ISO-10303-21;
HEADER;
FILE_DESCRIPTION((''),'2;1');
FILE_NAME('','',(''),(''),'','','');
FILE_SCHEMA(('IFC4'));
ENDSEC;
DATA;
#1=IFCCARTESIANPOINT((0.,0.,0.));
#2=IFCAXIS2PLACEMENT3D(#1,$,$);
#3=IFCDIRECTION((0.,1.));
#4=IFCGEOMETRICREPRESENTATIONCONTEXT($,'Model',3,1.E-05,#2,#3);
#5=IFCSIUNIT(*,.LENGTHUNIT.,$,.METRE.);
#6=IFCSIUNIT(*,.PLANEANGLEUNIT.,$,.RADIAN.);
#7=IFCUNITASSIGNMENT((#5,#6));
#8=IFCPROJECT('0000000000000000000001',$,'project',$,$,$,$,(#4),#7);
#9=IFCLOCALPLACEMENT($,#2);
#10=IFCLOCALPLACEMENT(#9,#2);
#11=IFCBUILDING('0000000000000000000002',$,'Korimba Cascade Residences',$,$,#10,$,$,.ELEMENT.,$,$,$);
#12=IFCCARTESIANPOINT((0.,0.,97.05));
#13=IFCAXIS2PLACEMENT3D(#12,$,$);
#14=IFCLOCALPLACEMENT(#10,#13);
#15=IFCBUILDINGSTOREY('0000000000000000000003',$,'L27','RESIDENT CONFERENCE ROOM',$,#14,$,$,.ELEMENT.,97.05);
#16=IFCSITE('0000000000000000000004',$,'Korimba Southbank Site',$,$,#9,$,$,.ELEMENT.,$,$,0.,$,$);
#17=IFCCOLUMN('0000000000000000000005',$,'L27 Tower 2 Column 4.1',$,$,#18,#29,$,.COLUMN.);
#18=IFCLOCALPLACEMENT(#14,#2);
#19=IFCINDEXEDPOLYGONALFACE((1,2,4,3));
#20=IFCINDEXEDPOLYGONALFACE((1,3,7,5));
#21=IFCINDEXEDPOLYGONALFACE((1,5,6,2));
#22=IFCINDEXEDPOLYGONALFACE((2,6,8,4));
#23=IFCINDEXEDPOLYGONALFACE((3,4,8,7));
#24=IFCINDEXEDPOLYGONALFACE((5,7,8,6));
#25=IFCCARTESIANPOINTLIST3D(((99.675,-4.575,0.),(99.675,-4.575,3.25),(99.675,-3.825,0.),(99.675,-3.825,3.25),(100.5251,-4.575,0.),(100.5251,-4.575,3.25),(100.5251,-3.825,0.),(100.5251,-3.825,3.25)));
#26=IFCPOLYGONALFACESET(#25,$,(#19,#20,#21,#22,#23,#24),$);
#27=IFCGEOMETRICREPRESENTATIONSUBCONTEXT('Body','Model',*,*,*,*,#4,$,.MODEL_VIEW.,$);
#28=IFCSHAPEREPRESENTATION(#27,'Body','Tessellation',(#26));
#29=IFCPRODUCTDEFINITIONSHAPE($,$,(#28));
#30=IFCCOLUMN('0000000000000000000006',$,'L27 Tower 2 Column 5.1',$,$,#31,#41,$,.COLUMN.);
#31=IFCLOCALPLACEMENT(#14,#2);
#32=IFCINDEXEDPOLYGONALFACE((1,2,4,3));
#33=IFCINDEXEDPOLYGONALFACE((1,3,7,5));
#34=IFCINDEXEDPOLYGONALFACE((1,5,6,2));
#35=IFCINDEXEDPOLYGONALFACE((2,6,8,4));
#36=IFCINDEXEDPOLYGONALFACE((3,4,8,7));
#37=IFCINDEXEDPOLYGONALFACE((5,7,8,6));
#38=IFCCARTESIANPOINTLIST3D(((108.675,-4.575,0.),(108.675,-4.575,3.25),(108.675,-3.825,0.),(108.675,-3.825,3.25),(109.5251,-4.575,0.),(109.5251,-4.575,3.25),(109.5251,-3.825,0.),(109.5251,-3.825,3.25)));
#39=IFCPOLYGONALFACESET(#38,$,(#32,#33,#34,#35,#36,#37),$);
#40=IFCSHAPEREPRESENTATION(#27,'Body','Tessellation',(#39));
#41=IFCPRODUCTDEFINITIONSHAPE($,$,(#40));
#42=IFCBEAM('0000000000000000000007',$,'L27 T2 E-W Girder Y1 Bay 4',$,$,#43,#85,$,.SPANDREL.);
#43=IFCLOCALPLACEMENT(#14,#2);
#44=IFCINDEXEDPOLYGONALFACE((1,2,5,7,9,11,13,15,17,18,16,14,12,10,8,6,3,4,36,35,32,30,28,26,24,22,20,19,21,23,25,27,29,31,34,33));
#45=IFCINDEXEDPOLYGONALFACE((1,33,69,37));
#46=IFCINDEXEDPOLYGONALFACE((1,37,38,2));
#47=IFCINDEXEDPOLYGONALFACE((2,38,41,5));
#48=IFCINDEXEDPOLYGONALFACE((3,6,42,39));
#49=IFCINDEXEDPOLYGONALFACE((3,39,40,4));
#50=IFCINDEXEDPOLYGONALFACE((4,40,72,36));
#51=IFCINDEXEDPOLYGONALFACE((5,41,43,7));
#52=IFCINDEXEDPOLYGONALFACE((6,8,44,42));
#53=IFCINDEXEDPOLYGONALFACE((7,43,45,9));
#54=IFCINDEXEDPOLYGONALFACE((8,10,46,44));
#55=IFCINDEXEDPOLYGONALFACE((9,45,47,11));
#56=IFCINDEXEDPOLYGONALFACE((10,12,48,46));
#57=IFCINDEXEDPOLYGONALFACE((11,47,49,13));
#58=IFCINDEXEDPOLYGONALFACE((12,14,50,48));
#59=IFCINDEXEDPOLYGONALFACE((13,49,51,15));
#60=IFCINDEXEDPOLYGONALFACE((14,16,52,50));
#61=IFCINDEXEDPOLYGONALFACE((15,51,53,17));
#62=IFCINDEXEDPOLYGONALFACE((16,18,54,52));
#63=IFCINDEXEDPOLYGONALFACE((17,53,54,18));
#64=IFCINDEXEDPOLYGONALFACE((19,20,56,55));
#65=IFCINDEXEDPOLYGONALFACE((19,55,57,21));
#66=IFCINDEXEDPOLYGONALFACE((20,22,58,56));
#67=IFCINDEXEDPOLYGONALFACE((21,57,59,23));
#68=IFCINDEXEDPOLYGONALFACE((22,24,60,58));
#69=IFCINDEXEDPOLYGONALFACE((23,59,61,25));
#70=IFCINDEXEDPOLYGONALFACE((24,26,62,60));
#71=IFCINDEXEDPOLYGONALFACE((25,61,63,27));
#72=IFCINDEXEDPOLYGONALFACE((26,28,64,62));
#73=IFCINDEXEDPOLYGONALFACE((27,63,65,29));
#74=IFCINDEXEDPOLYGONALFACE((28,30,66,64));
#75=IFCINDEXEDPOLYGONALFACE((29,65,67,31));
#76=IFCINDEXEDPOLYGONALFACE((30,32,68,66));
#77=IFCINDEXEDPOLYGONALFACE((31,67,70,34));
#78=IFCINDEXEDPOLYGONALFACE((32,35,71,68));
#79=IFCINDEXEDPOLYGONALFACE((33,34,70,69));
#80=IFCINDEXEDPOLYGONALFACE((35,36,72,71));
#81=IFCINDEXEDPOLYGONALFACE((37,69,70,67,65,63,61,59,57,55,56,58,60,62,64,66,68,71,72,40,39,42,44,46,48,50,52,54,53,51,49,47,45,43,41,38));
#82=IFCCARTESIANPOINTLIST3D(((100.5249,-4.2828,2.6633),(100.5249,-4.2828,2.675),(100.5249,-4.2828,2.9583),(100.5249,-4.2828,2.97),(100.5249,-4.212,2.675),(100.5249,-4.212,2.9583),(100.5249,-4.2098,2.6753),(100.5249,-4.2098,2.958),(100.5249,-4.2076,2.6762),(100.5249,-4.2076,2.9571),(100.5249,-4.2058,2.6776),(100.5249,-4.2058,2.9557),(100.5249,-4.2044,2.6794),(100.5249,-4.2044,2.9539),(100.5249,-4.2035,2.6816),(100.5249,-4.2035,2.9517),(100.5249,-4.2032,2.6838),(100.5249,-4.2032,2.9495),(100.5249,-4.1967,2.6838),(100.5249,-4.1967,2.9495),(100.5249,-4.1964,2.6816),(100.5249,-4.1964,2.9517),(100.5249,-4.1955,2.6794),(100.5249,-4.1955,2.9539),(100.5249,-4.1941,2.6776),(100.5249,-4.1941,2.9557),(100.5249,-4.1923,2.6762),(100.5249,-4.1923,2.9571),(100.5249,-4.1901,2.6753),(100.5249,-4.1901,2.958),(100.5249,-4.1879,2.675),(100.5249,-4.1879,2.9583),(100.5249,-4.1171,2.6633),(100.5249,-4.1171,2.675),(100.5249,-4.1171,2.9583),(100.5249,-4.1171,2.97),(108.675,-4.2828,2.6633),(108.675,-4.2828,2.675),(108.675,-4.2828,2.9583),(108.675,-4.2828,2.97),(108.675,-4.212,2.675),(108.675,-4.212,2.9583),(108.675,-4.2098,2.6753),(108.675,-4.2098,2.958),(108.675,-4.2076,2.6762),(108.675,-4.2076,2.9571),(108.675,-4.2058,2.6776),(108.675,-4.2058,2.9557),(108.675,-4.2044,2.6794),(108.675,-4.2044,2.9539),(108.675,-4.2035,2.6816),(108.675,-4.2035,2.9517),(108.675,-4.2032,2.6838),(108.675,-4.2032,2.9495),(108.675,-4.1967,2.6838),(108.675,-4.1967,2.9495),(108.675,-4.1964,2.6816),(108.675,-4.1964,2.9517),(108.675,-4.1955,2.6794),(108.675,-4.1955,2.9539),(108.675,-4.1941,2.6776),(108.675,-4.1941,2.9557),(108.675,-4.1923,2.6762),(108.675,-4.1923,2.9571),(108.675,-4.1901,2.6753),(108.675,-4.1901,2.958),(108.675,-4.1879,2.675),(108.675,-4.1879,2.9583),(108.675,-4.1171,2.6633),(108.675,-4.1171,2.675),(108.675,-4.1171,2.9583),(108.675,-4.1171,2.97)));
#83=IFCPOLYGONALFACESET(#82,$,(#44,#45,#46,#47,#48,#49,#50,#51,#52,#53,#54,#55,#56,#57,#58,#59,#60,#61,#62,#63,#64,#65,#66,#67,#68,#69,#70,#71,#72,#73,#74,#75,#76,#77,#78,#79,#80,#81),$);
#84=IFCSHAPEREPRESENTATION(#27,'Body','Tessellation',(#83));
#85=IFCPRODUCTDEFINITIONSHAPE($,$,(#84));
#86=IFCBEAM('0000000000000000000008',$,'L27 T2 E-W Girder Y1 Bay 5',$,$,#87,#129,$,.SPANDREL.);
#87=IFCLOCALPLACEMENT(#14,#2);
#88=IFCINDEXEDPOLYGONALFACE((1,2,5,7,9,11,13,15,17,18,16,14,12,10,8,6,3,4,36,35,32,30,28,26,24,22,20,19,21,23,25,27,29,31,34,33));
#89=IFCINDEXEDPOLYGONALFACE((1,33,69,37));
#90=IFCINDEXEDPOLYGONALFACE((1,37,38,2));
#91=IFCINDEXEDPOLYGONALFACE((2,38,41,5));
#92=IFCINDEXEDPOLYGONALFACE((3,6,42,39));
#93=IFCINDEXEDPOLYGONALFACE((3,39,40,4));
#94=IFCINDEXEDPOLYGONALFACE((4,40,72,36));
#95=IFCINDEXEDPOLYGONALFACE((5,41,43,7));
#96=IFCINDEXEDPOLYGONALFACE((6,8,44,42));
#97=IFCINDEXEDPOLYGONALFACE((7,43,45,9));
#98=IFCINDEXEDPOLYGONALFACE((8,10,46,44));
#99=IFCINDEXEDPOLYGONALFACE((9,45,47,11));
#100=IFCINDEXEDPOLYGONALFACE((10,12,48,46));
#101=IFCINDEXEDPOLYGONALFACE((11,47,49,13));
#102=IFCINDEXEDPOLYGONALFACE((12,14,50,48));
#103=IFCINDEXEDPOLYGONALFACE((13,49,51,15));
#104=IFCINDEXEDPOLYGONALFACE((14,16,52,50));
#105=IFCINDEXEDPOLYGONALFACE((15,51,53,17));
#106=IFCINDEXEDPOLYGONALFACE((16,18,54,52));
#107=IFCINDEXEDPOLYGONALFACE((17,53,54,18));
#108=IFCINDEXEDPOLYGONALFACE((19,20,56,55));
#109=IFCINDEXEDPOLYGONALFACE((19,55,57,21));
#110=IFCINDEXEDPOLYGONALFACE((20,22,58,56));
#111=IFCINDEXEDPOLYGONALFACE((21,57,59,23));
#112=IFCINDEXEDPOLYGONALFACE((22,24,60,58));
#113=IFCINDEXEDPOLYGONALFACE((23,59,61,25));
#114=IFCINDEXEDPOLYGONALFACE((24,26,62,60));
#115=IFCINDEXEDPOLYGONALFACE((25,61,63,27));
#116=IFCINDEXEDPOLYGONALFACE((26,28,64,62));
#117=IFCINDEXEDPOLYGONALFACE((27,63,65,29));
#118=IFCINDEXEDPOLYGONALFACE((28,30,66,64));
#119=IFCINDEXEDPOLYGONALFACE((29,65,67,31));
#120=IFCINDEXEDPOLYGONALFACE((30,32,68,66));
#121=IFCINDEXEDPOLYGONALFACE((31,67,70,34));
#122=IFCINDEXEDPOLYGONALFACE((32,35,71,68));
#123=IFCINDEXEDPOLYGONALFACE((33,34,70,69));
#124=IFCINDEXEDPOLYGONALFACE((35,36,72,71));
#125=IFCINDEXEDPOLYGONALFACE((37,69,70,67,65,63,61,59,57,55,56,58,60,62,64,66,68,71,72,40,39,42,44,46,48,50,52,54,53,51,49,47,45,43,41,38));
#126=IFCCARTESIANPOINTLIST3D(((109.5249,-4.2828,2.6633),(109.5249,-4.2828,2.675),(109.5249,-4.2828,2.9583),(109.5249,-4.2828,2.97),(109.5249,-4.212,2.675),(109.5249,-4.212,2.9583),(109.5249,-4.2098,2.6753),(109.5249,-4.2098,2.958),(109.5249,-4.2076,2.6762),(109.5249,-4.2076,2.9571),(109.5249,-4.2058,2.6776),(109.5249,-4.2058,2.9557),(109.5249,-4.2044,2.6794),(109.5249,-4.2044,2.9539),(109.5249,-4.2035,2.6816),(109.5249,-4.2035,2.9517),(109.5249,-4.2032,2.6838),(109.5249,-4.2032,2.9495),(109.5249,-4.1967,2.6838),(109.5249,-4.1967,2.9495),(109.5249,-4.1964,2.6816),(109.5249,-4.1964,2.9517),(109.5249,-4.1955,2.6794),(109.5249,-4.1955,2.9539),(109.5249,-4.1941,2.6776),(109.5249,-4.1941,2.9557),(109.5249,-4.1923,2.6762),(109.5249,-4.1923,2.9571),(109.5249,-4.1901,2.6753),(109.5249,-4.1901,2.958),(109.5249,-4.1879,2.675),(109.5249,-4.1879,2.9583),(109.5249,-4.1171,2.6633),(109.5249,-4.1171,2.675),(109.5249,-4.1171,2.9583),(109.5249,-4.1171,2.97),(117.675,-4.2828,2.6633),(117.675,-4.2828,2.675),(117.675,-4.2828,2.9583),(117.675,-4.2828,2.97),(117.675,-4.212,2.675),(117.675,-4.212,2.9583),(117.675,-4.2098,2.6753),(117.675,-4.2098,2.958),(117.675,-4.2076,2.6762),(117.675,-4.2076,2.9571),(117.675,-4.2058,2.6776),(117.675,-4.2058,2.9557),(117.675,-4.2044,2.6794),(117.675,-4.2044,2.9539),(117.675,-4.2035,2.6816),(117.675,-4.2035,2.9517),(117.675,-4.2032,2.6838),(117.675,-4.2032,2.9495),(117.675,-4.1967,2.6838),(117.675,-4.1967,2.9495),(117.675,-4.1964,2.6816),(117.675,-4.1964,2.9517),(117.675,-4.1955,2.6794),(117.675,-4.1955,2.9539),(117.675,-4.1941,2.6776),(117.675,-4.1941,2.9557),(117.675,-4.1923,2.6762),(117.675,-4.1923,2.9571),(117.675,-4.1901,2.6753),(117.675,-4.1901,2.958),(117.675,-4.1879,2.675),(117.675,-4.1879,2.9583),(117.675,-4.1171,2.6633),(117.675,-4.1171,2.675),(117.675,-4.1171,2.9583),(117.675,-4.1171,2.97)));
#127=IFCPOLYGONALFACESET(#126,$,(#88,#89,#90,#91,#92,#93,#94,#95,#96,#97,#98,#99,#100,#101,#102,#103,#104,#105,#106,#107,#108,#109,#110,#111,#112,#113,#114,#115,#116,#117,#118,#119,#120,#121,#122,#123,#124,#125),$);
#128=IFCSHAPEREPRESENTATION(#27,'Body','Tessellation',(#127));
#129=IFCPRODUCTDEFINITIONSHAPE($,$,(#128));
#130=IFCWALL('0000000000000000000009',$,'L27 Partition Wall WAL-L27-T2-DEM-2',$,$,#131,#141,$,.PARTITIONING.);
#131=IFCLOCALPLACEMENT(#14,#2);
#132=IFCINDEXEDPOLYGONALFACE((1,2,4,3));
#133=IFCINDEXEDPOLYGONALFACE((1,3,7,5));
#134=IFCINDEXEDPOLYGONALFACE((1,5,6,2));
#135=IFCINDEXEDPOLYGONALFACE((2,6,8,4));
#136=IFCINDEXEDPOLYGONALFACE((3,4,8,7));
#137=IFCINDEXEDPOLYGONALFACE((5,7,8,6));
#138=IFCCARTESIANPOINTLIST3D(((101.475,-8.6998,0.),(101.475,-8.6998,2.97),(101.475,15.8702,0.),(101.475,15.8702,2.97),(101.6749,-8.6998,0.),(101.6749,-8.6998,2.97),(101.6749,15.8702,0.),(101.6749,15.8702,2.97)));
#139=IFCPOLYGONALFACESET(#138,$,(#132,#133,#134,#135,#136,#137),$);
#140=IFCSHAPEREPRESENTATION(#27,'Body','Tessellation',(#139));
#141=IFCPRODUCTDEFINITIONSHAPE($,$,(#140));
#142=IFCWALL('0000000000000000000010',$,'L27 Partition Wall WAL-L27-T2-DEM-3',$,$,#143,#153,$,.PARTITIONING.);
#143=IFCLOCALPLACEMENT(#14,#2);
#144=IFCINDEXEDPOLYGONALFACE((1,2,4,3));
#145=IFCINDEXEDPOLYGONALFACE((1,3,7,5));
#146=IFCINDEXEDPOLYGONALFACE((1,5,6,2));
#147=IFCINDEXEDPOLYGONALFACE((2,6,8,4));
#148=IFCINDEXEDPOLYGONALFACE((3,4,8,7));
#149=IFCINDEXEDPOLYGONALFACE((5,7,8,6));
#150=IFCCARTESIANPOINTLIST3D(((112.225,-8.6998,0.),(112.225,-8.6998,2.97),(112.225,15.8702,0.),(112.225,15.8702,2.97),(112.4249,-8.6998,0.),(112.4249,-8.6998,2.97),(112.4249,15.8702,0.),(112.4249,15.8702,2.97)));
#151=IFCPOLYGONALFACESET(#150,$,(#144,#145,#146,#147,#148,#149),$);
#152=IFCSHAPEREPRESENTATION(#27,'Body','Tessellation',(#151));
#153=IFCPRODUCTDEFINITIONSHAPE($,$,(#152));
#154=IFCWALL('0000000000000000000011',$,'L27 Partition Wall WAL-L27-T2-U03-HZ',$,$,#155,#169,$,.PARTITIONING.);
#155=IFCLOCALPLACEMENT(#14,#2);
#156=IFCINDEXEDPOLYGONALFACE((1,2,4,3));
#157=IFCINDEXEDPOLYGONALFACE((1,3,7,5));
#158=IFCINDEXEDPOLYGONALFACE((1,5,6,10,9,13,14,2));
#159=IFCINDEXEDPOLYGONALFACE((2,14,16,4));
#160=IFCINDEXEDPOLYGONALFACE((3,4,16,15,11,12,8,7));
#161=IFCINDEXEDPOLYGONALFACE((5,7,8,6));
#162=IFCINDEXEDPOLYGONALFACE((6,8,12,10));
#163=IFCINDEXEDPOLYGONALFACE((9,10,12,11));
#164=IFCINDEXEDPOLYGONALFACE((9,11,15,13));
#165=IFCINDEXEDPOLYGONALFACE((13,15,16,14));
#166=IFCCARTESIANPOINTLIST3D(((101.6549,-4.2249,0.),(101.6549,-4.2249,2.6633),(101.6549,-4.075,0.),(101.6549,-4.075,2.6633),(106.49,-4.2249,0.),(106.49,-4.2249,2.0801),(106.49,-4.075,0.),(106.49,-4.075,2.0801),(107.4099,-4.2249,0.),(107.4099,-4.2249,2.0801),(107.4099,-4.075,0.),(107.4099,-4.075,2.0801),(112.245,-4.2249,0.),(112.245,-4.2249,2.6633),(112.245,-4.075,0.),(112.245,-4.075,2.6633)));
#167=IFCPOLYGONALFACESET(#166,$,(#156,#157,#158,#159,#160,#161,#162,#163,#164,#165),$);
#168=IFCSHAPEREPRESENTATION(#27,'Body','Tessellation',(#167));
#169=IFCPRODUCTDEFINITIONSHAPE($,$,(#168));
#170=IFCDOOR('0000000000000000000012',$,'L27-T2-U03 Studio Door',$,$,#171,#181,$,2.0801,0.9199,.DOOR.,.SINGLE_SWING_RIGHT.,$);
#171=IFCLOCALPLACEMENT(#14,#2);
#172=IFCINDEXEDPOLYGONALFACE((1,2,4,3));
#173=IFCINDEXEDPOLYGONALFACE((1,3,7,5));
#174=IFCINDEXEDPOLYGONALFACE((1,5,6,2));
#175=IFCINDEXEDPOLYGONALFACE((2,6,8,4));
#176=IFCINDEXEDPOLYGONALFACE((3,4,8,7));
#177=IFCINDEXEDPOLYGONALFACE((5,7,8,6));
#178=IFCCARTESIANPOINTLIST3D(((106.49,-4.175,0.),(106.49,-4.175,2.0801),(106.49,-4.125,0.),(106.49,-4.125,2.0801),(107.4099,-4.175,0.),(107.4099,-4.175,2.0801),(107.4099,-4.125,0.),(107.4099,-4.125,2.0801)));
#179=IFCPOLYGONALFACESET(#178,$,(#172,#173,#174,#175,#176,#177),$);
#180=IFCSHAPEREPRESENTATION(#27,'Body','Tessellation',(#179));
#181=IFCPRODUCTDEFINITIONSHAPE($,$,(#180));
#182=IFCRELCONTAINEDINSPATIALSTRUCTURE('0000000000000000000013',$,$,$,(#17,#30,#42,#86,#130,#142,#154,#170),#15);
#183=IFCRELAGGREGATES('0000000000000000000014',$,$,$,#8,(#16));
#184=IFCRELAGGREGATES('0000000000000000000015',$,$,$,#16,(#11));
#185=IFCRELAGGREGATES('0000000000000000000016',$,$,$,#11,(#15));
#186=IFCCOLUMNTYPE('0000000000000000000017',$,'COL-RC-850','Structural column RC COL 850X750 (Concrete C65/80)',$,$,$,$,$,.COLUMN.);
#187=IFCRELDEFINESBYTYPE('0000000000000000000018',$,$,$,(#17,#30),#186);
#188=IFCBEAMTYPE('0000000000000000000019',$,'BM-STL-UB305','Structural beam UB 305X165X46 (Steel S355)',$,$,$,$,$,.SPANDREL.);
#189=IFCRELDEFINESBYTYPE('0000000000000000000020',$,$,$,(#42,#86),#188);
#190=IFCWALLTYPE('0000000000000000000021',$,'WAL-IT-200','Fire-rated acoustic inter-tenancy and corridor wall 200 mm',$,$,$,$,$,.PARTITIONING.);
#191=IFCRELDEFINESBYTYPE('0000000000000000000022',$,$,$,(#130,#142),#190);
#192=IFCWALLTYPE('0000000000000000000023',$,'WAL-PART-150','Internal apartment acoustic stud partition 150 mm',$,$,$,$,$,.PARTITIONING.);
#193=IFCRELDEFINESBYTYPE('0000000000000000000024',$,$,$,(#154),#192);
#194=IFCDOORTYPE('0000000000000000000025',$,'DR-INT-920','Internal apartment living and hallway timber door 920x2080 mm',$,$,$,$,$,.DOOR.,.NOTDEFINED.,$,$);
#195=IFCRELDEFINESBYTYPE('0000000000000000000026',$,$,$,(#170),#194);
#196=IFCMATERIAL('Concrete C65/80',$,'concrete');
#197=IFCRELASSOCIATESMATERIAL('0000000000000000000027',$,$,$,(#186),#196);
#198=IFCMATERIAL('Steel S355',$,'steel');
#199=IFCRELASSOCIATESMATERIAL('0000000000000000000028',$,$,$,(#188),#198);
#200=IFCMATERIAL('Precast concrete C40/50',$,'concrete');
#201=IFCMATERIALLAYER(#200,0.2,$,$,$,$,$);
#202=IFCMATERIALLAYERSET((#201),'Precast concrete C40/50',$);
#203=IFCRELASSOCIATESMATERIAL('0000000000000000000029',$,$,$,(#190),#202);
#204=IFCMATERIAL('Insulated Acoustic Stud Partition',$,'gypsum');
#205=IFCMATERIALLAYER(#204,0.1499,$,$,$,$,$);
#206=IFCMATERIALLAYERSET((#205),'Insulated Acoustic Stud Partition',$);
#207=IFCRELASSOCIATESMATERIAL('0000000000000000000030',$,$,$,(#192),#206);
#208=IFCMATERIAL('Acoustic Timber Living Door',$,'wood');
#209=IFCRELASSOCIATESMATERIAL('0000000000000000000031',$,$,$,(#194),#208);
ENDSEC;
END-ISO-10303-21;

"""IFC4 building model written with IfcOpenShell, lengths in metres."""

from ifc_helpers import new_model, si_unit, direction, frame, frame_2d, origin, origin_2d, place, context, subcontext, project, spatial, rectangle, i_section, extrude, material, layer, layer_set, material_profile, profile_set, type_object, element, fill, save


model = new_model("IFC4")

# Units and contexts
model_context = context("Model", 3, precision=1e-05, world=origin(), true_north=direction((0.0, 1.0)))
body_context = subcontext(model_context, "Body", "Model", "MODEL_VIEW")
ifc_project = project(units=[si_unit("LENGTHUNIT", "METRE"), si_unit("PLANEANGLEUNIT", "RADIAN")], contexts=[model_context])

# Site, building, storey
site_placement = place(None, origin())
site = spatial("IfcSite", under=ifc_project, at=site_placement, Name="Korimba Southbank Site", CompositionType="ELEMENT", RefElevation=0.0)
building_placement = place(site_placement, origin())
building = spatial("IfcBuilding", under=site, at=building_placement, Name="Korimba Cascade Residences", CompositionType="ELEMENT")
storey_placement = place(building_placement, frame((0.0, 0.0, 97.05)))
storey = spatial("IfcBuildingStorey", under=building, at=storey_placement, Name="L27", Description="RESIDENT CONFERENCE ROOM", CompositionType="ELEMENT", Elevation=97.05)

# Columns
ifc_material_1 = material(Name="Concrete C65/80", Category="concrete")
ifc_material_profile_1 = material_profile(ifc_material_1, rectangle(XDim=0.8501, YDim=0.75, at=origin_2d()), Name="Concrete C65/80")
ifc_profile_set_1 = profile_set([ifc_material_profile_1], Name="Concrete C65/80")
column_type = type_object("IfcColumnType", Name="COL-RC-850", Description="Structural column RC COL 850X750 (Concrete C65/80)", PredefinedType="COLUMN", material=ifc_profile_set_1)
for number, where, z_axis, x_axis, name in (
    (1, (100.1001, -4.2, 0.0), (0.0, 0.0, 1.0), (1.0, 0.0, 0.0), "L27 Tower 2 Column 4.1"),
    (2, (109.1001, -4.2, 0.0), (0.0, 0.0, 1.0), (1.0, 0.0, 0.0), "L27 Tower 2 Column 5.1"),
):
    element("IfcColumn", number, at=place(storey_placement, frame(where, z_axis=z_axis, x_axis=x_axis)), inside=storey, type_object=column_type, Name=name, PredefinedType="COLUMN", context=body_context, shape_type="SweptSolid", body=[
        extrude(rectangle(XDim=0.8501, YDim=0.75, at=origin_2d()), origin(), (0.0, 0.0, 1.0), 3.25),
    ])

# Beams
ifc_material_2 = material(Name="Steel S355", Category="steel")
ifc_material_profile_2 = material_profile(ifc_material_2, i_section(OverallWidth=0.1658, OverallDepth=0.3066, WebThickness=0.0066, FlangeThickness=0.0117, FilletRadius=0.0088, at=origin_2d()), Name="Steel S355")
ifc_profile_set_2 = profile_set([ifc_material_profile_2], Name="Steel S355")
beam_type = type_object("IfcBeamType", Name="BM-STL-UB305", Description="Structural beam UB 305X165X46 (Steel S355)", PredefinedType="SPANDREL", material=ifc_profile_set_2)
for number, where, z_axis, x_axis, name in (
    (3, (100.5249, -4.2, 2.8167), (1.0, 0.0, 0.0), (0.0, 1.0, 0.0), "L27 T2 E-W Girder Y1 Bay 4"),
    (4, (109.5249, -4.2, 2.8167), (1.0, 0.0, 0.0), (0.0, 1.0, 0.0), "L27 T2 E-W Girder Y1 Bay 5"),
):
    element("IfcBeam", number, at=place(storey_placement, frame(where, z_axis=z_axis, x_axis=x_axis)), inside=storey, type_object=beam_type, Name=name, PredefinedType="SPANDREL", context=body_context, shape_type="SweptSolid", body=[
        extrude(i_section(OverallWidth=0.1658, OverallDepth=0.3066, WebThickness=0.0066, FlangeThickness=0.0117, FilletRadius=0.0088, at=origin_2d()), origin(), (0.0, 0.0, 1.0), 8.1501),
    ])

# Walls
ifc_material_3 = material(Name="Precast concrete C40/50", Category="concrete")
ifc_layer_1 = layer(ifc_material_3, 0.2)
ifc_layer_set_1 = layer_set([ifc_layer_1], Name="Precast concrete C40/50")
wall_type_1 = type_object("IfcWallType", Name="WAL-IT-200", Description="Fire-rated acoustic inter-tenancy and corridor wall 200 mm", PredefinedType="PARTITIONING", material=ifc_layer_set_1)
for number, where, z_axis, x_axis, name in (
    (5, (101.575, -8.7, 0.0), (0.0, 0.0, 1.0), (0.0, 1.0, 0.0), "L27 Partition Wall WAL-L27-T2-DEM-2"),
    (6, (112.325, -8.7, 0.0), (0.0, 0.0, 1.0), (0.0, 1.0, 0.0), "L27 Partition Wall WAL-L27-T2-DEM-3"),
):
    element("IfcWall", number, at=place(storey_placement, frame(where, z_axis=z_axis, x_axis=x_axis)), inside=storey, type_object=wall_type_1, Name=name, PredefinedType="PARTITIONING", context=body_context, shape_type="SweptSolid", body=[
        extrude(rectangle(XDim=24.5701, YDim=0.2, at=frame_2d((12.2852, 0.0))), origin(), (0.0, 0.0, 1.0), 2.97),
    ])

# Wall, opening, door
ifc_material_4 = material(Name="Insulated Acoustic Stud Partition", Category="gypsum")
ifc_layer_2 = layer(ifc_material_4, 0.1499)
ifc_layer_set_2 = layer_set([ifc_layer_2], Name="Insulated Acoustic Stud Partition")
wall_type_2 = type_object("IfcWallType", Name="WAL-PART-150", Description="Internal apartment acoustic stud partition 150 mm", PredefinedType="PARTITIONING", material=ifc_layer_set_2)
wall_placement = place(storey_placement, frame((101.655, -4.1499, 0.0), z_axis=(0.0, 0.0, 1.0), x_axis=(1.0, 0.0, 0.0)))
wall = element("IfcWall", 7, at=wall_placement, inside=storey, type_object=wall_type_2, Name="L27 Partition Wall WAL-L27-T2-U03-HZ", PredefinedType="PARTITIONING", context=body_context, shape_type="SweptSolid", body=[
    extrude(rectangle(XDim=10.5901, YDim=0.1499, at=frame_2d((5.2949, 0.0))), origin(), (0.0, 0.0, 1.0), 2.6633),
])
opening_placement = place(wall_placement, frame((4.835, 0.0, 0.0)))
opening = element("IfcOpeningElement", 8, at=opening_placement, cuts=wall, PredefinedType="OPENING", context=body_context, shape_type="SweptSolid", body=[
    extrude(rectangle(XDim=0.9199, YDim=2.0801, at=frame_2d((0.46, 1.04))), frame((0.0, 0.085, 0.0), z_axis=(0.0, -1.0, 0.0), x_axis=(1.0, 0.0, 0.0)), (0.0, 0.0, 1.0), 0.1699),
])
ifc_material_5 = material(Name="Acoustic Timber Living Door", Category="wood")
door_type = type_object("IfcDoorType", Name="DR-INT-920", Description="Internal apartment living and hallway timber door 920x2080 mm", OperationType="NOTDEFINED", PredefinedType="DOOR", material=ifc_material_5)
door_placement = place(opening_placement, origin())
door = element("IfcDoor", 9, at=door_placement, inside=storey, type_object=door_type, Name="L27-T2-U03 Studio Door", OperationType="SINGLE_SWING_RIGHT", OverallHeight=2.0801, OverallWidth=0.9199, PredefinedType="DOOR", context=body_context, shape_type="SweptSolid", body=[
    extrude(rectangle(XDim=0.9199, YDim=2.0801, at=frame_2d((0.46, 1.04))), frame((0.0, 0.0249, 0.0), z_axis=(0.0, -1.0, 0.0), x_axis=(1.0, 0.0, 0.0)), (0.0, 0.0, 1.0), 0.05),
])
fill(opening, door)

save(model, "model.ifc")
